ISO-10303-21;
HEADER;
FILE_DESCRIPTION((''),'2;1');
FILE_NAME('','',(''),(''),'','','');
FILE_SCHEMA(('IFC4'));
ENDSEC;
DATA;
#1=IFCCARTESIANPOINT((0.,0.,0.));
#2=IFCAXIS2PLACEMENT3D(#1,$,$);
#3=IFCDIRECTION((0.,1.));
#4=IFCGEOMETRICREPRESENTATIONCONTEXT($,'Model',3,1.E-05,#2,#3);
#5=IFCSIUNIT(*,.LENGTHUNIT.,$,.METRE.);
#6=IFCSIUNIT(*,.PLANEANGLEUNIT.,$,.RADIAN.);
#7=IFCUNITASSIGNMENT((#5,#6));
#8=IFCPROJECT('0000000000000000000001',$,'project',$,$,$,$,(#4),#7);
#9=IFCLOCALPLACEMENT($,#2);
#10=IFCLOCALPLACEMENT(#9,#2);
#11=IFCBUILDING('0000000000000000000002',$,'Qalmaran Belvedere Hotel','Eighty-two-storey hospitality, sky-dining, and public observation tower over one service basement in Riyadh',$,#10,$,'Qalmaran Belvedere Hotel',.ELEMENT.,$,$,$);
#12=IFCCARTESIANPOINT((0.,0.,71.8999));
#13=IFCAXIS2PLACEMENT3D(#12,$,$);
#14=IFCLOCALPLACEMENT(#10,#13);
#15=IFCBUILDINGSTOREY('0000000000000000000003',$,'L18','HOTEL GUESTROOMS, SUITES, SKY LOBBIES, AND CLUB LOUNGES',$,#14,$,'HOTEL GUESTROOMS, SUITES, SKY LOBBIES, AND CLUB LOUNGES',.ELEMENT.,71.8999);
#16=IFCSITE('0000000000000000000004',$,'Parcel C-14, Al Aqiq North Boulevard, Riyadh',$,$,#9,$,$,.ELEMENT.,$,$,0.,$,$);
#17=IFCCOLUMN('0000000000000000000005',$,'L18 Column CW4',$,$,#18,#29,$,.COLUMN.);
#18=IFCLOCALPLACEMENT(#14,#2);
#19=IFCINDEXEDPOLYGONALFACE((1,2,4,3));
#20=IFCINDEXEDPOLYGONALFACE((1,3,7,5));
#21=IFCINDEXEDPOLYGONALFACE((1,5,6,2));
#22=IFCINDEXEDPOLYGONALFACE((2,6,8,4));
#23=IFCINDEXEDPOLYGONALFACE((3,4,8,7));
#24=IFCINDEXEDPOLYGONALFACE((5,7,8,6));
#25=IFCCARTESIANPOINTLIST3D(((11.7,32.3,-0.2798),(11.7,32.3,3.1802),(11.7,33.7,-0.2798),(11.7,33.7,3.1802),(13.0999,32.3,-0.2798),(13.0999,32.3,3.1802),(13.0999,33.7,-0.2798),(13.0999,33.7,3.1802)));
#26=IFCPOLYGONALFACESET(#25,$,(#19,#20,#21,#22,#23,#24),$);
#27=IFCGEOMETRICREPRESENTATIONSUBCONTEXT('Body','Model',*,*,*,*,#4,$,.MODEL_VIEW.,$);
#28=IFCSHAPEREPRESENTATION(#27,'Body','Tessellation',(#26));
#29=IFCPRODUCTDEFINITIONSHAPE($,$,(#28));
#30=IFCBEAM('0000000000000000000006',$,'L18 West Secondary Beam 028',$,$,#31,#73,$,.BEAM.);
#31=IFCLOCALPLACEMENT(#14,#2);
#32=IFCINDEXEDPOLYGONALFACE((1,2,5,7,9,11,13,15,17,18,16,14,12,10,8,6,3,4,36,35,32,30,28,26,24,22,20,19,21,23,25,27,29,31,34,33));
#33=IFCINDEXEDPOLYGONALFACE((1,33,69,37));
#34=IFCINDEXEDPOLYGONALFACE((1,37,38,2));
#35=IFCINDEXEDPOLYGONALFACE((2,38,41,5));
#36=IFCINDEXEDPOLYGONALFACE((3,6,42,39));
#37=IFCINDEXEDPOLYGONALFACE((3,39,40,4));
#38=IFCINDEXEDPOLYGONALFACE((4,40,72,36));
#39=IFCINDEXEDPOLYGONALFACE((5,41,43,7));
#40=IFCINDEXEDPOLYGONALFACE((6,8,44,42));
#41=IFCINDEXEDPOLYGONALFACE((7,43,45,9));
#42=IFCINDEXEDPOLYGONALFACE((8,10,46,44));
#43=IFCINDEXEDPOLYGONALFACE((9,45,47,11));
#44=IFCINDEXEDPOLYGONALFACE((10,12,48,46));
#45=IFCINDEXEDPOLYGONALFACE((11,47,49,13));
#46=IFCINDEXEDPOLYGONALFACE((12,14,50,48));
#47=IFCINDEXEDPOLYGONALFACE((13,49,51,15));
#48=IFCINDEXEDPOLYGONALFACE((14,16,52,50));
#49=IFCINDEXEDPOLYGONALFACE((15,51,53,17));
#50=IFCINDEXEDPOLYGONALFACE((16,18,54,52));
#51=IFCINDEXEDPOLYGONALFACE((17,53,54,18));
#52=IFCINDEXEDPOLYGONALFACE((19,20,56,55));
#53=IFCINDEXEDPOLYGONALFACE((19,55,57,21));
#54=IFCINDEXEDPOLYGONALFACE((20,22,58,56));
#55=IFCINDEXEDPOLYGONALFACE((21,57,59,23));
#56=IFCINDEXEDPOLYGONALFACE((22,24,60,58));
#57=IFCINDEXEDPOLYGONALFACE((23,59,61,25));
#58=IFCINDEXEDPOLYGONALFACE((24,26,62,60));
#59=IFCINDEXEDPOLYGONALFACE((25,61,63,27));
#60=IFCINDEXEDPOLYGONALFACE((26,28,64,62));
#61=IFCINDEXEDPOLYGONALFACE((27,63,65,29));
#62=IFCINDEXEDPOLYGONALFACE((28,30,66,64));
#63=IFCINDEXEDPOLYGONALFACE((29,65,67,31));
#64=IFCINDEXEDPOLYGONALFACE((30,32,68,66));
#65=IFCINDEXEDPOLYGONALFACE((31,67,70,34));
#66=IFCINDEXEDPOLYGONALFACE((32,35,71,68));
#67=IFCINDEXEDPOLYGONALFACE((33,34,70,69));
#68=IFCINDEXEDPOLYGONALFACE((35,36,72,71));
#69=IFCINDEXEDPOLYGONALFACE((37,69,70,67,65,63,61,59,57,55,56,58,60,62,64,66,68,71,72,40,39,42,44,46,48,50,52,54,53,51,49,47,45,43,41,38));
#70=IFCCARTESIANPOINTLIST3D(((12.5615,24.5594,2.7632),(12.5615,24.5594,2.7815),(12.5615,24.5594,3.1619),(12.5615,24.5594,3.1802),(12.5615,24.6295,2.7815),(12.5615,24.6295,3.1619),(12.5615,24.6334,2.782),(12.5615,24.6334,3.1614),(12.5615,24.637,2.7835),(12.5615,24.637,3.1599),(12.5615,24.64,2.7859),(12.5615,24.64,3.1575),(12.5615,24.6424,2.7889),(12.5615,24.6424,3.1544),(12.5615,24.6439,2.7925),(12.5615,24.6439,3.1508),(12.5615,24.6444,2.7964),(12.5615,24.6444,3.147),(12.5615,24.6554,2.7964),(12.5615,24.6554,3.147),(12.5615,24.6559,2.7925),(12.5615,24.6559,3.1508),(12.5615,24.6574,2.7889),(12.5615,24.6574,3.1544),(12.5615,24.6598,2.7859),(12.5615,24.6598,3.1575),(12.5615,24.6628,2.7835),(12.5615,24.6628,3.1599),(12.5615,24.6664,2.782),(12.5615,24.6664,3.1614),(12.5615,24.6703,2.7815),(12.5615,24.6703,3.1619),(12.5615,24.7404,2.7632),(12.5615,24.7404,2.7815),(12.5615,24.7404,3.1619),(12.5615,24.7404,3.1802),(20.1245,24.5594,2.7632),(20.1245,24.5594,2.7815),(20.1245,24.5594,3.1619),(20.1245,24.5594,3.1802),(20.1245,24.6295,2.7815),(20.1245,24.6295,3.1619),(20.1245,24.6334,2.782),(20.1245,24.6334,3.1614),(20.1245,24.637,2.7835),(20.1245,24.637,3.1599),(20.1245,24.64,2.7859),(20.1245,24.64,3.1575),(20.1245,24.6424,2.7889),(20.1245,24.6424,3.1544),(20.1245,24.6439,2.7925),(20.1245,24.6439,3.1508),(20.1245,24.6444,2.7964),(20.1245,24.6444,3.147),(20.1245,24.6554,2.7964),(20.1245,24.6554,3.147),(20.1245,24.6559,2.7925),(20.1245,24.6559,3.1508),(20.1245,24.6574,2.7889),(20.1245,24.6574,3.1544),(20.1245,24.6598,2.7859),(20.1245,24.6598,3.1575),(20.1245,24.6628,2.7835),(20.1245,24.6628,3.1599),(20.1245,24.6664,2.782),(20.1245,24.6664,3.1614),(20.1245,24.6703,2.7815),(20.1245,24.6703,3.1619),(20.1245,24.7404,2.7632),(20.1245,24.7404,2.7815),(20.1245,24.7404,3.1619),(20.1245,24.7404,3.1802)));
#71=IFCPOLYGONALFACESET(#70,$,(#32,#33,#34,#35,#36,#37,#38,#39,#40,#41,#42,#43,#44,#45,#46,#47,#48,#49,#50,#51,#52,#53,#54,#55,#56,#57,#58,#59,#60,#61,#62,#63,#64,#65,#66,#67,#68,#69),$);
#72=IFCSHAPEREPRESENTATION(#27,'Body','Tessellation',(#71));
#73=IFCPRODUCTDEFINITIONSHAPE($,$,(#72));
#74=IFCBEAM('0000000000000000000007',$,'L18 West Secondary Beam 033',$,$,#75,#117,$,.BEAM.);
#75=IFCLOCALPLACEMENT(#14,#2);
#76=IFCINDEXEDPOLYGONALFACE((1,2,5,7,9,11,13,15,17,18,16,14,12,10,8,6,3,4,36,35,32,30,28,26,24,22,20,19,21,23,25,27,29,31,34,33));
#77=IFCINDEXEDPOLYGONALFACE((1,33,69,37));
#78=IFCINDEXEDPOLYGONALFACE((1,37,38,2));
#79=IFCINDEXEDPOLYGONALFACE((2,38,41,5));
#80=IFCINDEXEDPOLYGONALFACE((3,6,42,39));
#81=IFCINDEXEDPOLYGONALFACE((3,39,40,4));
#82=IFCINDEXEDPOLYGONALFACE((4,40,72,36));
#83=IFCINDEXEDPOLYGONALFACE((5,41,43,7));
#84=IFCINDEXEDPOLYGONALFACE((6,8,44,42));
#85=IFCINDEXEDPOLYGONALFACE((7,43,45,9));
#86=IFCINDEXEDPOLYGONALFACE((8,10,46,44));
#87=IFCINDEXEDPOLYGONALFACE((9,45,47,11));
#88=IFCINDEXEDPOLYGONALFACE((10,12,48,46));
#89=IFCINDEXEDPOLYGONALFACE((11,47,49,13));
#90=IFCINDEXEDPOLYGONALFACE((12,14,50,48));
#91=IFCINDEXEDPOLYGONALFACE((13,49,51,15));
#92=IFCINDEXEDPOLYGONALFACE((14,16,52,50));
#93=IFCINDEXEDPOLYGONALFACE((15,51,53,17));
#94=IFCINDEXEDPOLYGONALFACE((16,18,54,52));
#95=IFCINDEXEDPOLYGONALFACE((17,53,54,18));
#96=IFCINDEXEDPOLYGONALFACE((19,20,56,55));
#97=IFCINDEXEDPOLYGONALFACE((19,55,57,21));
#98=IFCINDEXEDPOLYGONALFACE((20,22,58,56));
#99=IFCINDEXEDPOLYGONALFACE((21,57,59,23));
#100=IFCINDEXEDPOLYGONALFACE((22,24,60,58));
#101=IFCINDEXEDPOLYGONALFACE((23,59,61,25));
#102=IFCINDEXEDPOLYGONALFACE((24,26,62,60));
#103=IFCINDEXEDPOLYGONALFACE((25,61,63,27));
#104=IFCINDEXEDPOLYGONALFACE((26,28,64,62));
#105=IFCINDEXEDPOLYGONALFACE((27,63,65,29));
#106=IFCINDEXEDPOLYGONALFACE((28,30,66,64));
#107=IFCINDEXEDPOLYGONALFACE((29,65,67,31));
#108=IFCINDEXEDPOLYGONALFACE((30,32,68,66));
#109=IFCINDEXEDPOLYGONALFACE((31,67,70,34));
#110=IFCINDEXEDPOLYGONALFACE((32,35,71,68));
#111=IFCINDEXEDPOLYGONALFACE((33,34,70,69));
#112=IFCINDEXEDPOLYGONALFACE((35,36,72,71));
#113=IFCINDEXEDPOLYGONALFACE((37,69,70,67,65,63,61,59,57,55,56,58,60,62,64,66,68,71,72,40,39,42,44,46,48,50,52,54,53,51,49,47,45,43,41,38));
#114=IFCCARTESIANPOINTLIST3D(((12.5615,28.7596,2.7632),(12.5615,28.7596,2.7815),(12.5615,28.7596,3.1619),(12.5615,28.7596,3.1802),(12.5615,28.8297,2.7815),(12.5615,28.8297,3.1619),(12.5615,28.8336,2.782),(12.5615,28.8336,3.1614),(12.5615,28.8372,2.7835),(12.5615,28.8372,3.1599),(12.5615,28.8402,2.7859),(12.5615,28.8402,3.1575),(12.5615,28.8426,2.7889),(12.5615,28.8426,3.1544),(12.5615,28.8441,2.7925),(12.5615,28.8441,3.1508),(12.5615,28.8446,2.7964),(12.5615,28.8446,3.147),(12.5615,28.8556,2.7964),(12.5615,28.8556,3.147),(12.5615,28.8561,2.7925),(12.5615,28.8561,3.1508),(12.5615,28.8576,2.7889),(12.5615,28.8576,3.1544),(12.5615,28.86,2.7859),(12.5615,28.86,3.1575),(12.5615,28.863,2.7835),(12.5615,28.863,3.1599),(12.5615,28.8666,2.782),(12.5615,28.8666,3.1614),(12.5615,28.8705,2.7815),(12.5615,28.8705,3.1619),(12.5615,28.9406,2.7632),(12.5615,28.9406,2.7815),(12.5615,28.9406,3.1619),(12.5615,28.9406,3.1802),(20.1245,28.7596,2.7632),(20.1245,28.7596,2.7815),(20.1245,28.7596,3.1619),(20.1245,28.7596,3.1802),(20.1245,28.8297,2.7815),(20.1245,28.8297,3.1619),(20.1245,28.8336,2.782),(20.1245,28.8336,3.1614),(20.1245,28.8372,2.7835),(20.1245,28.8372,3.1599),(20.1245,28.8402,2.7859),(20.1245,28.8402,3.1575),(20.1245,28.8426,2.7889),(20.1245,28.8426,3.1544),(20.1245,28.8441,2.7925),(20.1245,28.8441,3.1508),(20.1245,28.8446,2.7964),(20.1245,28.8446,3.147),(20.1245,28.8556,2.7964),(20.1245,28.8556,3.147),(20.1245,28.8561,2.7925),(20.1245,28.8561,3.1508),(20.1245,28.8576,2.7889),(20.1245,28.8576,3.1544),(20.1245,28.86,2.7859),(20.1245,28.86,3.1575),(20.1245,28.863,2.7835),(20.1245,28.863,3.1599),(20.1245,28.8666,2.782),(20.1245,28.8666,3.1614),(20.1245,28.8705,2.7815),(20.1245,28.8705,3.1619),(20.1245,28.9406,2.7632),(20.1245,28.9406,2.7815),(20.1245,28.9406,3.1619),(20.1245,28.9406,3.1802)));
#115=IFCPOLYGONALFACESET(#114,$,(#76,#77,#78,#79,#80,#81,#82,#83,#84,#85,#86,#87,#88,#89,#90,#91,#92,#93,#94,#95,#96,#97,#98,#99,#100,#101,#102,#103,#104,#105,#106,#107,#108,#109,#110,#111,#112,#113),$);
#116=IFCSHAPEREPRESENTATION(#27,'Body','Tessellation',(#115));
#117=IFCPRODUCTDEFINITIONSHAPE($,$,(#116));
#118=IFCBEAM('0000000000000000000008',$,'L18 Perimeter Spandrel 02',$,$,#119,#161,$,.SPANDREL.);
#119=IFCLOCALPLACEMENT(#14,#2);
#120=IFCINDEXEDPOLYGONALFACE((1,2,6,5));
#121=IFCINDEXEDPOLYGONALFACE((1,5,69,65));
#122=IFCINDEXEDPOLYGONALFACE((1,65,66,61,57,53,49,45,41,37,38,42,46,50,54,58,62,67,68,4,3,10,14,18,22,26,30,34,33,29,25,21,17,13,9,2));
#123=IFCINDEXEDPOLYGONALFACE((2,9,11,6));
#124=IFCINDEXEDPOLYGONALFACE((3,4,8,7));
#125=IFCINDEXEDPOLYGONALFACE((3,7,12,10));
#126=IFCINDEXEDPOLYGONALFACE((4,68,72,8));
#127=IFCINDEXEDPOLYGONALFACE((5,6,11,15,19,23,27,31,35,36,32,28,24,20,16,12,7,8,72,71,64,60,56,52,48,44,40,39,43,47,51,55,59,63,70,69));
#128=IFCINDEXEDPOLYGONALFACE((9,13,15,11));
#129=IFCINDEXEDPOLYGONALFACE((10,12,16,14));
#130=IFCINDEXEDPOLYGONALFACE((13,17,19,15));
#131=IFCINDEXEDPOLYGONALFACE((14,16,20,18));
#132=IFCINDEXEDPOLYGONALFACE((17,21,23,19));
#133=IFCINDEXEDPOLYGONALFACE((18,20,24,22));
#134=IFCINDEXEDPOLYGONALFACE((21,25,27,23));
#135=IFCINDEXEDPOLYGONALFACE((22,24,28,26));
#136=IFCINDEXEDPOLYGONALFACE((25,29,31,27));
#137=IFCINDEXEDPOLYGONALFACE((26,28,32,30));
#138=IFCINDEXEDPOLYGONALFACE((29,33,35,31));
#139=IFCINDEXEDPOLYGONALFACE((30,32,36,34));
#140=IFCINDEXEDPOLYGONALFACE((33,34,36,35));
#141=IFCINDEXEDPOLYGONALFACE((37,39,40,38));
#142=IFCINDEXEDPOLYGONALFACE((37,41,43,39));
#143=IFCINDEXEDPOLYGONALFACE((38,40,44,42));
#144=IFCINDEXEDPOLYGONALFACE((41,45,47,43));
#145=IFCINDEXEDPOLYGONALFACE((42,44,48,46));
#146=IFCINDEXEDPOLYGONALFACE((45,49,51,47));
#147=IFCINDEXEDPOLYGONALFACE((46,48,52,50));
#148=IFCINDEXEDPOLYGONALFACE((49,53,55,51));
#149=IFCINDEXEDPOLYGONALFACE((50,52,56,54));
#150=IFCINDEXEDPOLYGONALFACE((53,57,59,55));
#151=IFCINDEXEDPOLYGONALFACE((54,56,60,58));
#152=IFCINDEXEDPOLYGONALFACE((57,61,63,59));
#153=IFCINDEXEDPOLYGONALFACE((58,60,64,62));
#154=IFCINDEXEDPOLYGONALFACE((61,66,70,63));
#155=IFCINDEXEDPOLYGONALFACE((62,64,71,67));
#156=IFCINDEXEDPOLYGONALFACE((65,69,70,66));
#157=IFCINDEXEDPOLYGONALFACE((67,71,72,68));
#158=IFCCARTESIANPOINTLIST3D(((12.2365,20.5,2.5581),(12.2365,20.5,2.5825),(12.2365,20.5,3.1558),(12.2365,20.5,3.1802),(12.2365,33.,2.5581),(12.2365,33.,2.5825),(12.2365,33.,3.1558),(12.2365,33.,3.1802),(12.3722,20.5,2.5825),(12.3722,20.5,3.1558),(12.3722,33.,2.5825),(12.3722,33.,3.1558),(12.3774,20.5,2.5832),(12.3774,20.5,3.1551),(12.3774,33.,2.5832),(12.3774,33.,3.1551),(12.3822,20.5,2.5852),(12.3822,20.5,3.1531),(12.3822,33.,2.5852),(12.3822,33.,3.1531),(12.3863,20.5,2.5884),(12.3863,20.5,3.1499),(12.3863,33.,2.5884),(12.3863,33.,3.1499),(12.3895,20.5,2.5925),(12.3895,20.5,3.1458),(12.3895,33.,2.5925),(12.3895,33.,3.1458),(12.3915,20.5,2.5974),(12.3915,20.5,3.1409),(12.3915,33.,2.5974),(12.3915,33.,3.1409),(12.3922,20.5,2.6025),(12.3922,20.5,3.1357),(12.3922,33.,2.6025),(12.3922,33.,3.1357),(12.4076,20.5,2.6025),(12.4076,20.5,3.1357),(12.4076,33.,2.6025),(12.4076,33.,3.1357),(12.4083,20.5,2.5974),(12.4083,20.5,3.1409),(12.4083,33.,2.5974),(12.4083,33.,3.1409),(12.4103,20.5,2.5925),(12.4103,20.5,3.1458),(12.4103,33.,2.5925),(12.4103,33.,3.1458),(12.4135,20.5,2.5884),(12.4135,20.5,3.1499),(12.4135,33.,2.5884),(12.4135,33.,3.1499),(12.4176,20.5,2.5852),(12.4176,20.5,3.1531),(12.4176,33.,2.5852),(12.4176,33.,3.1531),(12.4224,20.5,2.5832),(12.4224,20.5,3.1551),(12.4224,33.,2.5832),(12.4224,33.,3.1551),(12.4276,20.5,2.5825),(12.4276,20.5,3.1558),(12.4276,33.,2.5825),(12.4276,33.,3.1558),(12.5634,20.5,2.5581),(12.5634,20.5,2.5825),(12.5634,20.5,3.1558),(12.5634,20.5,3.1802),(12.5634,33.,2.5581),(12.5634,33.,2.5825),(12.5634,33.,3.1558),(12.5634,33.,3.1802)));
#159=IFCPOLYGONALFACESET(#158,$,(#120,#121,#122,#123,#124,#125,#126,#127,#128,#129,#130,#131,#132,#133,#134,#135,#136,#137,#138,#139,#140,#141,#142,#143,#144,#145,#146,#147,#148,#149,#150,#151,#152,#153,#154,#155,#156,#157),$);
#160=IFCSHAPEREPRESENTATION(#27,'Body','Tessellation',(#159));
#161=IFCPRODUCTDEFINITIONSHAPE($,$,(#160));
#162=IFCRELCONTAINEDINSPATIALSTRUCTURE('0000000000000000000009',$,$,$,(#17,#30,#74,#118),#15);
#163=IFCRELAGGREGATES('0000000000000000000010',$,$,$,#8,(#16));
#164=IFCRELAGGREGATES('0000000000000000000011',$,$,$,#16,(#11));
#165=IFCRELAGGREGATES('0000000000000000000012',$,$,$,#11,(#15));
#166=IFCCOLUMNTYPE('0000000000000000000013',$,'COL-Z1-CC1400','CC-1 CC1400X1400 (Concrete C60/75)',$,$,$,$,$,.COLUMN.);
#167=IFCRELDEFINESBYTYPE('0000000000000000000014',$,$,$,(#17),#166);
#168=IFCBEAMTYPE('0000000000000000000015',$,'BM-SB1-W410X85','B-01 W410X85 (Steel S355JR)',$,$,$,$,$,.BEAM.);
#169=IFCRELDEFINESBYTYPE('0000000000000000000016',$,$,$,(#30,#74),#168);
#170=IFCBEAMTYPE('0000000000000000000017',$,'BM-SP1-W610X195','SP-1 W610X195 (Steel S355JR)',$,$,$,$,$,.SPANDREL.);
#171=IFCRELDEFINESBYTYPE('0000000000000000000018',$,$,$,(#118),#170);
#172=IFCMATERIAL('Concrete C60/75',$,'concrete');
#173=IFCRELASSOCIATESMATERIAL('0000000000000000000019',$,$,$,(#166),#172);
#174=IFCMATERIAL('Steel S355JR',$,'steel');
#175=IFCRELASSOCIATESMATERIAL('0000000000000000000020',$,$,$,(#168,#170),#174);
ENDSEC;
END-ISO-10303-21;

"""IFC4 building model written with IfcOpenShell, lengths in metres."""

from ifc_helpers import new_model, si_unit, direction, frame, origin, origin_2d, place, context, subcontext, project, spatial, rectangle, i_section, extrude, material, material_profile, profile_set, type_object, element, save


model = new_model("IFC4")

# Units and contexts
model_context = context("Model", 3, precision=1e-05, world=origin(), true_north=direction((0.0, 1.0)))
body_context = subcontext(model_context, "Body", "Model", "MODEL_VIEW")
ifc_project = project(units=[si_unit("LENGTHUNIT", "METRE"), si_unit("PLANEANGLEUNIT", "RADIAN")], contexts=[model_context])

# Site, building, storey
site_placement = place(None, origin())
site = spatial("IfcSite", under=ifc_project, at=site_placement, Name="Parcel C-14, Al Aqiq North Boulevard, Riyadh", CompositionType="ELEMENT", RefElevation=0.0)
building_placement = place(site_placement, origin())
building = spatial("IfcBuilding", under=site, at=building_placement, Name="Qalmaran Belvedere Hotel", Description="Eighty-two-storey hospitality, sky-dining, and public observation tower over one service basement in Riyadh", LongName="Qalmaran Belvedere Hotel", CompositionType="ELEMENT")
storey_placement = place(building_placement, frame((0.0, 0.0, 71.8999)))
storey = spatial("IfcBuildingStorey", under=building, at=storey_placement, Name="L18", Description="HOTEL GUESTROOMS, SUITES, SKY LOBBIES, AND CLUB LOUNGES", LongName="HOTEL GUESTROOMS, SUITES, SKY LOBBIES, AND CLUB LOUNGES", CompositionType="ELEMENT", Elevation=71.8999)

# Column
ifc_material_1 = material(Name="Concrete C60/75", Category="concrete")
ifc_material_profile_1 = material_profile(ifc_material_1, rectangle(XDim=1.3999, YDim=1.3999, at=origin_2d()), Name="CC1400X1400")
ifc_profile_set_1 = profile_set([ifc_material_profile_1], Name="Concrete C60/75")
column_type = type_object("IfcColumnType", Name="COL-Z1-CC1400", Description="CC-1 CC1400X1400 (Concrete C60/75)", PredefinedType="COLUMN", material=ifc_profile_set_1)
column_placement = place(storey_placement, frame((12.3999, 33.0, -0.2798), z_axis=(0.0, 0.0, 1.0), x_axis=(1.0, 0.0, 0.0)))
element("IfcColumn", 1, at=column_placement, inside=storey, type_object=column_type, Name="L18 Column CW4", PredefinedType="COLUMN", context=body_context, shape_type="SweptSolid", body=[
    extrude(rectangle(XDim=1.3999, YDim=1.3999, at=origin_2d()), origin(), (0.0, 0.0, 1.0), 3.46),
])

# Beams
ifc_material_2 = material(Name="Steel S355JR", Category="steel")
ifc_material_profile_2 = material_profile(ifc_material_2, i_section(OverallWidth=0.1809, OverallDepth=0.417, WebThickness=0.011, FlangeThickness=0.0183, FilletRadius=0.0149, at=origin_2d()), Name="W410X85")
ifc_profile_set_2 = profile_set([ifc_material_profile_2], Name="Steel S355JR")
beam_type_1 = type_object("IfcBeamType", Name="BM-SB1-W410X85", Description="B-01 W410X85 (Steel S355JR)", PredefinedType="BEAM", material=ifc_profile_set_2)
for number, where, z_axis, x_axis, name in (
    (2, (12.5615, 24.6499, 2.9717), (1.0, 0.0, 0.0), (0.0, 1.0, 0.0), "L18 West Secondary Beam 028"),
    (3, (12.5615, 28.8501, 2.9717), (1.0, 0.0, 0.0), (0.0, 1.0, 0.0), "L18 West Secondary Beam 033"),
):
    element("IfcBeam", number, at=place(storey_placement, frame(where, z_axis=z_axis, x_axis=x_axis)), inside=storey, type_object=beam_type_1, Name=name, PredefinedType="BEAM", context=body_context, shape_type="SweptSolid", body=[
        extrude(i_section(OverallWidth=0.1809, OverallDepth=0.417, WebThickness=0.011, FlangeThickness=0.0183, FilletRadius=0.0149, at=origin_2d()), origin(), (0.0, 0.0, 1.0), 7.563),
    ])
ifc_material_profile_3 = material_profile(ifc_material_2, i_section(OverallWidth=0.3269, OverallDepth=0.6221, WebThickness=0.0154, FlangeThickness=0.0244, FilletRadius=0.02, at=origin_2d()), Name="W610X195")
ifc_profile_set_3 = profile_set([ifc_material_profile_3], Name="Steel S355JR")
beam_type_2 = type_object("IfcBeamType", Name="BM-SP1-W610X195", Description="SP-1 W610X195 (Steel S355JR)", PredefinedType="SPANDREL", material=ifc_profile_set_3)
beam_placement = place(storey_placement, frame((12.3999, 20.5, 2.8691), z_axis=(0.0, 1.0, 0.0), x_axis=(-1.0, 0.0, 0.0)))
element("IfcBeam", 4, at=beam_placement, inside=storey, type_object=beam_type_2, Name="L18 Perimeter Spandrel 02", PredefinedType="SPANDREL", context=body_context, shape_type="SweptSolid", body=[
    extrude(i_section(OverallWidth=0.3269, OverallDepth=0.6221, WebThickness=0.0154, FlangeThickness=0.0244, FilletRadius=0.02, at=origin_2d()), origin(), (0.0, 0.0, 1.0), 12.5),
])

save(model, "model.ifc")
